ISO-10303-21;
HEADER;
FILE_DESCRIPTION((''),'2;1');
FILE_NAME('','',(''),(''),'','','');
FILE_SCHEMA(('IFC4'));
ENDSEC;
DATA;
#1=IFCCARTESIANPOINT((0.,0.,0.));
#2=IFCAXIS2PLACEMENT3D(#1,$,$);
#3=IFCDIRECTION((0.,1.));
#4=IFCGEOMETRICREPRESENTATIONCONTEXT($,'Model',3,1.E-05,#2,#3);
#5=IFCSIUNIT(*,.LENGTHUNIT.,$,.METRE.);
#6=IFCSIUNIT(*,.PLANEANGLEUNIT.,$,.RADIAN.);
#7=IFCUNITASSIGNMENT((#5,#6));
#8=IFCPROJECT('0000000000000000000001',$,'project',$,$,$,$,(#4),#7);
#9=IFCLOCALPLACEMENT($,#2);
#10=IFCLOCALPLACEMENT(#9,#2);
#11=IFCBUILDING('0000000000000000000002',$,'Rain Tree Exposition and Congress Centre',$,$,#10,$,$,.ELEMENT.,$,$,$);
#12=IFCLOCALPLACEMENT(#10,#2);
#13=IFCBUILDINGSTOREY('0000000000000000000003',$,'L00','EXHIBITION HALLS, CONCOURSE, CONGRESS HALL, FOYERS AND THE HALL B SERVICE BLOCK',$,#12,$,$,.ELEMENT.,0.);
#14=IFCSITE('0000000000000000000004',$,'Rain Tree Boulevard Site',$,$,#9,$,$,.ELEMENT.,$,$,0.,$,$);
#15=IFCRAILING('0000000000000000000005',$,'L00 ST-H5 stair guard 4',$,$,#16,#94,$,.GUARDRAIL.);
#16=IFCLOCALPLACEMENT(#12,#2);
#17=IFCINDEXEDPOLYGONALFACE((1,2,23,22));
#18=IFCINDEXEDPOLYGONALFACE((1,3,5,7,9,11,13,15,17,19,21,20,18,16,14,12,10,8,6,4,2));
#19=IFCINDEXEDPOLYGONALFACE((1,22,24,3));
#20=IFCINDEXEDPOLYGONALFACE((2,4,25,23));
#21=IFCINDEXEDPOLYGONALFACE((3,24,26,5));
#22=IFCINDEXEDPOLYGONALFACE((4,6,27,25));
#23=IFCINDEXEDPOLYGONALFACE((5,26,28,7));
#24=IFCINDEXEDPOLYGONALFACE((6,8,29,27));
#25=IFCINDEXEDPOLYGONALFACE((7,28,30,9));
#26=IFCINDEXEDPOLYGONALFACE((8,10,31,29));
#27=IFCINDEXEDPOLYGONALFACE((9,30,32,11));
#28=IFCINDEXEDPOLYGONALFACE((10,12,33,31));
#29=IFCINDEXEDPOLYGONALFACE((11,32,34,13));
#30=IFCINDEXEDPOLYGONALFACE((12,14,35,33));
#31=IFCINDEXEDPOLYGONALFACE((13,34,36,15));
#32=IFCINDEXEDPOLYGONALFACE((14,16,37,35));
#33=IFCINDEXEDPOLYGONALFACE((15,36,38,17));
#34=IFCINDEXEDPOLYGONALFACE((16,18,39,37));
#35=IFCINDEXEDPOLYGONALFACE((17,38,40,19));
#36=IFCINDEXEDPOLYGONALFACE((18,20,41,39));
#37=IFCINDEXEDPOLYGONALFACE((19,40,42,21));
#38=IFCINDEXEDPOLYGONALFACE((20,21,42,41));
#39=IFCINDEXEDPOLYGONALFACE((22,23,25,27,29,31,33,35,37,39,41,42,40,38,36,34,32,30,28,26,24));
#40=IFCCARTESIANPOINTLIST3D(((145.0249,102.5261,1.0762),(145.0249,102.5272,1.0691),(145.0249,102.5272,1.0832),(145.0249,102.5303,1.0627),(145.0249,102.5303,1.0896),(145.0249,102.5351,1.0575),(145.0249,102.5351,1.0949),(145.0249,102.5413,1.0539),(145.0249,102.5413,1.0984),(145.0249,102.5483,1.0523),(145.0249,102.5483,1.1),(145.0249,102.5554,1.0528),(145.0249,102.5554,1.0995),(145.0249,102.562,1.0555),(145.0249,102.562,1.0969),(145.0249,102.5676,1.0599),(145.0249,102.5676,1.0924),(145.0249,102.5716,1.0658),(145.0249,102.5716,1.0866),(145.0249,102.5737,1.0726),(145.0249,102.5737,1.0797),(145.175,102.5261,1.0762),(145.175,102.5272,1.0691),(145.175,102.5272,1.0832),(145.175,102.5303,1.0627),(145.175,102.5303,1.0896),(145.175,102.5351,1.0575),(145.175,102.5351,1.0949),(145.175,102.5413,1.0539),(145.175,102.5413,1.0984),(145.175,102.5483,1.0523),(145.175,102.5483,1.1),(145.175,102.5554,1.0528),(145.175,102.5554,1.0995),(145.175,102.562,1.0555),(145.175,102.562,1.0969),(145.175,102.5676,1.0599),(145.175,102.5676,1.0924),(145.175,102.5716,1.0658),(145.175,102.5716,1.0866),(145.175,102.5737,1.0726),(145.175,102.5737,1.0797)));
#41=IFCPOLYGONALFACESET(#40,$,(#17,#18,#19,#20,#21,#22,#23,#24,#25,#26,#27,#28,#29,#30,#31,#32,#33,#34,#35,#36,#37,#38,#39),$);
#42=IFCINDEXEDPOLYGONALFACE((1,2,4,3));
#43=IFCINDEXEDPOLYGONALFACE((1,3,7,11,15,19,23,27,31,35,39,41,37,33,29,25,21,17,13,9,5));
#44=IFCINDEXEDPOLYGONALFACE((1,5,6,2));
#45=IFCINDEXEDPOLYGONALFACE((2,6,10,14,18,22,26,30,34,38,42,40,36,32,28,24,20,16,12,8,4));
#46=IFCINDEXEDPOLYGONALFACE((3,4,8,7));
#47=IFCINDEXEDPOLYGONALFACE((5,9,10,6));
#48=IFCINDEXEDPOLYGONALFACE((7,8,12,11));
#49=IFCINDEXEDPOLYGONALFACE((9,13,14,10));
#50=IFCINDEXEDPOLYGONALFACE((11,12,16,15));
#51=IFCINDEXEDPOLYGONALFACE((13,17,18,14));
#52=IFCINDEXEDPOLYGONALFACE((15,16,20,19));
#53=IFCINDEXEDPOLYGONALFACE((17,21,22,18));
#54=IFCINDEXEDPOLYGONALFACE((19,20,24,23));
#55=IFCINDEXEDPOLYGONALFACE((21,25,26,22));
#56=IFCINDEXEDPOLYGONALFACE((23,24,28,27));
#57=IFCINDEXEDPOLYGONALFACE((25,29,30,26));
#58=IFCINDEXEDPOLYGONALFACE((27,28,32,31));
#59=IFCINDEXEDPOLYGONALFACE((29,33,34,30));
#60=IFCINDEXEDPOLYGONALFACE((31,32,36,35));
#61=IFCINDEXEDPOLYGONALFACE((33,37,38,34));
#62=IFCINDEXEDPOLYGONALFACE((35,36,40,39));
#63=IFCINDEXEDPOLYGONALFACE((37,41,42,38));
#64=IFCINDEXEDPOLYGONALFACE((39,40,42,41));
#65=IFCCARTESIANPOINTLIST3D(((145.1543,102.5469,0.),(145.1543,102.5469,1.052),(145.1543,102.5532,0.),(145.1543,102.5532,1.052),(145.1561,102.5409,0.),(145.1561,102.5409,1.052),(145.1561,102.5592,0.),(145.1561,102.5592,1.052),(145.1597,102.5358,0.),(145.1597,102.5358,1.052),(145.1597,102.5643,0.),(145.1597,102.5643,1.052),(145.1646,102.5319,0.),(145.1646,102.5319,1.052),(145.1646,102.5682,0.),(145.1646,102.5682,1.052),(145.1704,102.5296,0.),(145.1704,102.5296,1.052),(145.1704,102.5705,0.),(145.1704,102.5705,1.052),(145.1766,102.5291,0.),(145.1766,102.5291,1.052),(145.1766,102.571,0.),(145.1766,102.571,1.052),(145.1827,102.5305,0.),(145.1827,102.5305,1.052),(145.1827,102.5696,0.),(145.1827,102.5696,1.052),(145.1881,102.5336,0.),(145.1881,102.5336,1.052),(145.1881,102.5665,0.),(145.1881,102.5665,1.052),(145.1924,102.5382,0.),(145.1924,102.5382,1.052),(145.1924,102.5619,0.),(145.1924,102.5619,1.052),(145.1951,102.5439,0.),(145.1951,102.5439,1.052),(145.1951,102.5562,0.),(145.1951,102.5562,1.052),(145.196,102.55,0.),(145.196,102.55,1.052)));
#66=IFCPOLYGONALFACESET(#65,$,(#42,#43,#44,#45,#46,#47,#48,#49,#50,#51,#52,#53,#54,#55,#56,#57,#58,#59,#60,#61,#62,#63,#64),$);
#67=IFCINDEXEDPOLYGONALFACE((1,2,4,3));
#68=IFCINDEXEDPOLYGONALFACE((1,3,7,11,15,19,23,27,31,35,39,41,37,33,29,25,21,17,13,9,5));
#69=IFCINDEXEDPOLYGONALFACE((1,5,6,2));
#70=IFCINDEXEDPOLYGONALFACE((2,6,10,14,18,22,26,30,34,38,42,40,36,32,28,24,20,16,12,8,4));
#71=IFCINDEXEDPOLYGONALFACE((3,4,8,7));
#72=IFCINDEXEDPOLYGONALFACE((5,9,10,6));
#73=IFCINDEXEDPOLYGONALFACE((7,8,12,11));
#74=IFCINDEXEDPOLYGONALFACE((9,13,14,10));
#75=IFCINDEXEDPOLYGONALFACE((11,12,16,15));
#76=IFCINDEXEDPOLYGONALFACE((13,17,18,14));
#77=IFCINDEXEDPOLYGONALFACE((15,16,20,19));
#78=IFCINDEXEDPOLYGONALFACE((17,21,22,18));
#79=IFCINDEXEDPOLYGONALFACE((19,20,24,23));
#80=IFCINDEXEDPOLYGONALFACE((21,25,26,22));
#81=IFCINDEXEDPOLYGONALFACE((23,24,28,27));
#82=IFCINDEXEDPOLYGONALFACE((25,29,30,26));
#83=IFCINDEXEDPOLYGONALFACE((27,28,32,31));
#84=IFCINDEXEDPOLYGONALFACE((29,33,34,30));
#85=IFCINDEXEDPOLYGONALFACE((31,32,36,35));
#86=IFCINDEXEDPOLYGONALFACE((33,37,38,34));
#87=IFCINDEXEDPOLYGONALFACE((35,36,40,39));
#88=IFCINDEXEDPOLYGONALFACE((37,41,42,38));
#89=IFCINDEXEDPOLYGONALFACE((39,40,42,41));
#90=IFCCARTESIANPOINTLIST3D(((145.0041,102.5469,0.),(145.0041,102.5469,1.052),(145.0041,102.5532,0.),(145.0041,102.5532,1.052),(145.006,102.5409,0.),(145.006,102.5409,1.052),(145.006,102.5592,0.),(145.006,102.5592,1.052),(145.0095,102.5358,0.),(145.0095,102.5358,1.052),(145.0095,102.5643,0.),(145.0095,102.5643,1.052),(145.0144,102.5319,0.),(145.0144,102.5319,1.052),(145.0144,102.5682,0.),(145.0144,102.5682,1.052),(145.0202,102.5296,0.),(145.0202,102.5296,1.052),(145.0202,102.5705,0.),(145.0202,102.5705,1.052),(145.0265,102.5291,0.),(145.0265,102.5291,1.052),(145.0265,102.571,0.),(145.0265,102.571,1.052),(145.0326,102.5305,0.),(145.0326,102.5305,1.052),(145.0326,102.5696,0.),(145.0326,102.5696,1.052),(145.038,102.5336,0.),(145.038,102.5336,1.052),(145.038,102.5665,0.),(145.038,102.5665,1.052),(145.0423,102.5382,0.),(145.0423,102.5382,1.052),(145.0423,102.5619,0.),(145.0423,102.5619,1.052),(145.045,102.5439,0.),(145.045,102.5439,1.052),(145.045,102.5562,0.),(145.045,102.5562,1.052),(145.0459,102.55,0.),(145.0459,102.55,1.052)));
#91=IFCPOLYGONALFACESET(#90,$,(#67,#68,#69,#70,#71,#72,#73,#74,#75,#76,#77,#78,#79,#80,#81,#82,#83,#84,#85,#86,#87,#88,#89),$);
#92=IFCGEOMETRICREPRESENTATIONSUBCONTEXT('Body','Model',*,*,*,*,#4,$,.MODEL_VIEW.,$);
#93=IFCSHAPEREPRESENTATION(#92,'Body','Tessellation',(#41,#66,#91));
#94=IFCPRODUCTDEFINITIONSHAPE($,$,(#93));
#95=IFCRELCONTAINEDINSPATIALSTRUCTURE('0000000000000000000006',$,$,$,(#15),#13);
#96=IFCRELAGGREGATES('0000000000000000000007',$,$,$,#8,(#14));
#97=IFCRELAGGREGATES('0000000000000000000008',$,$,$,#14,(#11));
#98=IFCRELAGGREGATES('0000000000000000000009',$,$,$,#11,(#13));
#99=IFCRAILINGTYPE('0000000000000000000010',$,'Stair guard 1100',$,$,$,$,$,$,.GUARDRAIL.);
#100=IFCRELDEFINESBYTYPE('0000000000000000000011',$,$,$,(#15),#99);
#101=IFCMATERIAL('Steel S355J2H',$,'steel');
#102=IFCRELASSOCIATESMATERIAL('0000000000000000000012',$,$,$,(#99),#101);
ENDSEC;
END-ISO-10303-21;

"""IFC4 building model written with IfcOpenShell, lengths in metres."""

from ifc_helpers import new_model, si_unit, direction, frame, origin, origin_2d, place, context, subcontext, project, spatial, circle, extrude, material, type_object, element, save


model = new_model("IFC4")

# Units and contexts
model_context = context("Model", 3, precision=1e-05, world=origin(), true_north=direction((0.0, 1.0)))
body_context = subcontext(model_context, "Body", "Model", "MODEL_VIEW")
ifc_project = project(units=[si_unit("LENGTHUNIT", "METRE"), si_unit("PLANEANGLEUNIT", "RADIAN")], contexts=[model_context])

# Site, building, storey
site_placement = place(None, origin())
site = spatial("IfcSite", under=ifc_project, at=site_placement, Name="Rain Tree Boulevard Site", CompositionType="ELEMENT", RefElevation=0.0)
building_placement = place(site_placement, origin())
building = spatial("IfcBuilding", under=site, at=building_placement, Name="Rain Tree Exposition and Congress Centre", CompositionType="ELEMENT")
storey_placement = place(building_placement, origin())
storey = spatial("IfcBuildingStorey", under=building, at=storey_placement, Name="L00", Description="EXHIBITION HALLS, CONCOURSE, CONGRESS HALL, FOYERS AND THE HALL B SERVICE BLOCK", CompositionType="ELEMENT", Elevation=0.0)

# Railing
ifc_material_1 = material(Name="Steel S355J2H", Category="steel")
railing_type_1 = type_object("IfcRailingType", Name="Stair guard 1100", PredefinedType="GUARDRAIL", material=ifc_material_1)
railing_1_placement = place(storey_placement, frame((145.175, 102.55, 0.0)))
element("IfcRailing", 1, at=railing_1_placement, inside=storey, type_object=railing_type_1, Name="L00 ST-H5 stair guard 4", PredefinedType="GUARDRAIL", context=body_context, shape_type="SweptSolid", body=[
    extrude(circle(Radius=0.0239, at=origin_2d()), frame((0.0, 0.0, 1.0762), z_axis=(-1.0, 0.0, 0.0), x_axis=(0.0, -1.0, 0.0)), (0.0, 0.0, 1.0), 0.1501),
    extrude(circle(Radius=0.021, at=origin_2d()), origin(), (0.0, 0.0, 1.0), 1.052),
    extrude(circle(Radius=0.021, at=origin_2d()), frame((-0.1501, 0.0, 0.0)), (0.0, 0.0, 1.0), 1.052),
])

save(model, "model.ifc")
